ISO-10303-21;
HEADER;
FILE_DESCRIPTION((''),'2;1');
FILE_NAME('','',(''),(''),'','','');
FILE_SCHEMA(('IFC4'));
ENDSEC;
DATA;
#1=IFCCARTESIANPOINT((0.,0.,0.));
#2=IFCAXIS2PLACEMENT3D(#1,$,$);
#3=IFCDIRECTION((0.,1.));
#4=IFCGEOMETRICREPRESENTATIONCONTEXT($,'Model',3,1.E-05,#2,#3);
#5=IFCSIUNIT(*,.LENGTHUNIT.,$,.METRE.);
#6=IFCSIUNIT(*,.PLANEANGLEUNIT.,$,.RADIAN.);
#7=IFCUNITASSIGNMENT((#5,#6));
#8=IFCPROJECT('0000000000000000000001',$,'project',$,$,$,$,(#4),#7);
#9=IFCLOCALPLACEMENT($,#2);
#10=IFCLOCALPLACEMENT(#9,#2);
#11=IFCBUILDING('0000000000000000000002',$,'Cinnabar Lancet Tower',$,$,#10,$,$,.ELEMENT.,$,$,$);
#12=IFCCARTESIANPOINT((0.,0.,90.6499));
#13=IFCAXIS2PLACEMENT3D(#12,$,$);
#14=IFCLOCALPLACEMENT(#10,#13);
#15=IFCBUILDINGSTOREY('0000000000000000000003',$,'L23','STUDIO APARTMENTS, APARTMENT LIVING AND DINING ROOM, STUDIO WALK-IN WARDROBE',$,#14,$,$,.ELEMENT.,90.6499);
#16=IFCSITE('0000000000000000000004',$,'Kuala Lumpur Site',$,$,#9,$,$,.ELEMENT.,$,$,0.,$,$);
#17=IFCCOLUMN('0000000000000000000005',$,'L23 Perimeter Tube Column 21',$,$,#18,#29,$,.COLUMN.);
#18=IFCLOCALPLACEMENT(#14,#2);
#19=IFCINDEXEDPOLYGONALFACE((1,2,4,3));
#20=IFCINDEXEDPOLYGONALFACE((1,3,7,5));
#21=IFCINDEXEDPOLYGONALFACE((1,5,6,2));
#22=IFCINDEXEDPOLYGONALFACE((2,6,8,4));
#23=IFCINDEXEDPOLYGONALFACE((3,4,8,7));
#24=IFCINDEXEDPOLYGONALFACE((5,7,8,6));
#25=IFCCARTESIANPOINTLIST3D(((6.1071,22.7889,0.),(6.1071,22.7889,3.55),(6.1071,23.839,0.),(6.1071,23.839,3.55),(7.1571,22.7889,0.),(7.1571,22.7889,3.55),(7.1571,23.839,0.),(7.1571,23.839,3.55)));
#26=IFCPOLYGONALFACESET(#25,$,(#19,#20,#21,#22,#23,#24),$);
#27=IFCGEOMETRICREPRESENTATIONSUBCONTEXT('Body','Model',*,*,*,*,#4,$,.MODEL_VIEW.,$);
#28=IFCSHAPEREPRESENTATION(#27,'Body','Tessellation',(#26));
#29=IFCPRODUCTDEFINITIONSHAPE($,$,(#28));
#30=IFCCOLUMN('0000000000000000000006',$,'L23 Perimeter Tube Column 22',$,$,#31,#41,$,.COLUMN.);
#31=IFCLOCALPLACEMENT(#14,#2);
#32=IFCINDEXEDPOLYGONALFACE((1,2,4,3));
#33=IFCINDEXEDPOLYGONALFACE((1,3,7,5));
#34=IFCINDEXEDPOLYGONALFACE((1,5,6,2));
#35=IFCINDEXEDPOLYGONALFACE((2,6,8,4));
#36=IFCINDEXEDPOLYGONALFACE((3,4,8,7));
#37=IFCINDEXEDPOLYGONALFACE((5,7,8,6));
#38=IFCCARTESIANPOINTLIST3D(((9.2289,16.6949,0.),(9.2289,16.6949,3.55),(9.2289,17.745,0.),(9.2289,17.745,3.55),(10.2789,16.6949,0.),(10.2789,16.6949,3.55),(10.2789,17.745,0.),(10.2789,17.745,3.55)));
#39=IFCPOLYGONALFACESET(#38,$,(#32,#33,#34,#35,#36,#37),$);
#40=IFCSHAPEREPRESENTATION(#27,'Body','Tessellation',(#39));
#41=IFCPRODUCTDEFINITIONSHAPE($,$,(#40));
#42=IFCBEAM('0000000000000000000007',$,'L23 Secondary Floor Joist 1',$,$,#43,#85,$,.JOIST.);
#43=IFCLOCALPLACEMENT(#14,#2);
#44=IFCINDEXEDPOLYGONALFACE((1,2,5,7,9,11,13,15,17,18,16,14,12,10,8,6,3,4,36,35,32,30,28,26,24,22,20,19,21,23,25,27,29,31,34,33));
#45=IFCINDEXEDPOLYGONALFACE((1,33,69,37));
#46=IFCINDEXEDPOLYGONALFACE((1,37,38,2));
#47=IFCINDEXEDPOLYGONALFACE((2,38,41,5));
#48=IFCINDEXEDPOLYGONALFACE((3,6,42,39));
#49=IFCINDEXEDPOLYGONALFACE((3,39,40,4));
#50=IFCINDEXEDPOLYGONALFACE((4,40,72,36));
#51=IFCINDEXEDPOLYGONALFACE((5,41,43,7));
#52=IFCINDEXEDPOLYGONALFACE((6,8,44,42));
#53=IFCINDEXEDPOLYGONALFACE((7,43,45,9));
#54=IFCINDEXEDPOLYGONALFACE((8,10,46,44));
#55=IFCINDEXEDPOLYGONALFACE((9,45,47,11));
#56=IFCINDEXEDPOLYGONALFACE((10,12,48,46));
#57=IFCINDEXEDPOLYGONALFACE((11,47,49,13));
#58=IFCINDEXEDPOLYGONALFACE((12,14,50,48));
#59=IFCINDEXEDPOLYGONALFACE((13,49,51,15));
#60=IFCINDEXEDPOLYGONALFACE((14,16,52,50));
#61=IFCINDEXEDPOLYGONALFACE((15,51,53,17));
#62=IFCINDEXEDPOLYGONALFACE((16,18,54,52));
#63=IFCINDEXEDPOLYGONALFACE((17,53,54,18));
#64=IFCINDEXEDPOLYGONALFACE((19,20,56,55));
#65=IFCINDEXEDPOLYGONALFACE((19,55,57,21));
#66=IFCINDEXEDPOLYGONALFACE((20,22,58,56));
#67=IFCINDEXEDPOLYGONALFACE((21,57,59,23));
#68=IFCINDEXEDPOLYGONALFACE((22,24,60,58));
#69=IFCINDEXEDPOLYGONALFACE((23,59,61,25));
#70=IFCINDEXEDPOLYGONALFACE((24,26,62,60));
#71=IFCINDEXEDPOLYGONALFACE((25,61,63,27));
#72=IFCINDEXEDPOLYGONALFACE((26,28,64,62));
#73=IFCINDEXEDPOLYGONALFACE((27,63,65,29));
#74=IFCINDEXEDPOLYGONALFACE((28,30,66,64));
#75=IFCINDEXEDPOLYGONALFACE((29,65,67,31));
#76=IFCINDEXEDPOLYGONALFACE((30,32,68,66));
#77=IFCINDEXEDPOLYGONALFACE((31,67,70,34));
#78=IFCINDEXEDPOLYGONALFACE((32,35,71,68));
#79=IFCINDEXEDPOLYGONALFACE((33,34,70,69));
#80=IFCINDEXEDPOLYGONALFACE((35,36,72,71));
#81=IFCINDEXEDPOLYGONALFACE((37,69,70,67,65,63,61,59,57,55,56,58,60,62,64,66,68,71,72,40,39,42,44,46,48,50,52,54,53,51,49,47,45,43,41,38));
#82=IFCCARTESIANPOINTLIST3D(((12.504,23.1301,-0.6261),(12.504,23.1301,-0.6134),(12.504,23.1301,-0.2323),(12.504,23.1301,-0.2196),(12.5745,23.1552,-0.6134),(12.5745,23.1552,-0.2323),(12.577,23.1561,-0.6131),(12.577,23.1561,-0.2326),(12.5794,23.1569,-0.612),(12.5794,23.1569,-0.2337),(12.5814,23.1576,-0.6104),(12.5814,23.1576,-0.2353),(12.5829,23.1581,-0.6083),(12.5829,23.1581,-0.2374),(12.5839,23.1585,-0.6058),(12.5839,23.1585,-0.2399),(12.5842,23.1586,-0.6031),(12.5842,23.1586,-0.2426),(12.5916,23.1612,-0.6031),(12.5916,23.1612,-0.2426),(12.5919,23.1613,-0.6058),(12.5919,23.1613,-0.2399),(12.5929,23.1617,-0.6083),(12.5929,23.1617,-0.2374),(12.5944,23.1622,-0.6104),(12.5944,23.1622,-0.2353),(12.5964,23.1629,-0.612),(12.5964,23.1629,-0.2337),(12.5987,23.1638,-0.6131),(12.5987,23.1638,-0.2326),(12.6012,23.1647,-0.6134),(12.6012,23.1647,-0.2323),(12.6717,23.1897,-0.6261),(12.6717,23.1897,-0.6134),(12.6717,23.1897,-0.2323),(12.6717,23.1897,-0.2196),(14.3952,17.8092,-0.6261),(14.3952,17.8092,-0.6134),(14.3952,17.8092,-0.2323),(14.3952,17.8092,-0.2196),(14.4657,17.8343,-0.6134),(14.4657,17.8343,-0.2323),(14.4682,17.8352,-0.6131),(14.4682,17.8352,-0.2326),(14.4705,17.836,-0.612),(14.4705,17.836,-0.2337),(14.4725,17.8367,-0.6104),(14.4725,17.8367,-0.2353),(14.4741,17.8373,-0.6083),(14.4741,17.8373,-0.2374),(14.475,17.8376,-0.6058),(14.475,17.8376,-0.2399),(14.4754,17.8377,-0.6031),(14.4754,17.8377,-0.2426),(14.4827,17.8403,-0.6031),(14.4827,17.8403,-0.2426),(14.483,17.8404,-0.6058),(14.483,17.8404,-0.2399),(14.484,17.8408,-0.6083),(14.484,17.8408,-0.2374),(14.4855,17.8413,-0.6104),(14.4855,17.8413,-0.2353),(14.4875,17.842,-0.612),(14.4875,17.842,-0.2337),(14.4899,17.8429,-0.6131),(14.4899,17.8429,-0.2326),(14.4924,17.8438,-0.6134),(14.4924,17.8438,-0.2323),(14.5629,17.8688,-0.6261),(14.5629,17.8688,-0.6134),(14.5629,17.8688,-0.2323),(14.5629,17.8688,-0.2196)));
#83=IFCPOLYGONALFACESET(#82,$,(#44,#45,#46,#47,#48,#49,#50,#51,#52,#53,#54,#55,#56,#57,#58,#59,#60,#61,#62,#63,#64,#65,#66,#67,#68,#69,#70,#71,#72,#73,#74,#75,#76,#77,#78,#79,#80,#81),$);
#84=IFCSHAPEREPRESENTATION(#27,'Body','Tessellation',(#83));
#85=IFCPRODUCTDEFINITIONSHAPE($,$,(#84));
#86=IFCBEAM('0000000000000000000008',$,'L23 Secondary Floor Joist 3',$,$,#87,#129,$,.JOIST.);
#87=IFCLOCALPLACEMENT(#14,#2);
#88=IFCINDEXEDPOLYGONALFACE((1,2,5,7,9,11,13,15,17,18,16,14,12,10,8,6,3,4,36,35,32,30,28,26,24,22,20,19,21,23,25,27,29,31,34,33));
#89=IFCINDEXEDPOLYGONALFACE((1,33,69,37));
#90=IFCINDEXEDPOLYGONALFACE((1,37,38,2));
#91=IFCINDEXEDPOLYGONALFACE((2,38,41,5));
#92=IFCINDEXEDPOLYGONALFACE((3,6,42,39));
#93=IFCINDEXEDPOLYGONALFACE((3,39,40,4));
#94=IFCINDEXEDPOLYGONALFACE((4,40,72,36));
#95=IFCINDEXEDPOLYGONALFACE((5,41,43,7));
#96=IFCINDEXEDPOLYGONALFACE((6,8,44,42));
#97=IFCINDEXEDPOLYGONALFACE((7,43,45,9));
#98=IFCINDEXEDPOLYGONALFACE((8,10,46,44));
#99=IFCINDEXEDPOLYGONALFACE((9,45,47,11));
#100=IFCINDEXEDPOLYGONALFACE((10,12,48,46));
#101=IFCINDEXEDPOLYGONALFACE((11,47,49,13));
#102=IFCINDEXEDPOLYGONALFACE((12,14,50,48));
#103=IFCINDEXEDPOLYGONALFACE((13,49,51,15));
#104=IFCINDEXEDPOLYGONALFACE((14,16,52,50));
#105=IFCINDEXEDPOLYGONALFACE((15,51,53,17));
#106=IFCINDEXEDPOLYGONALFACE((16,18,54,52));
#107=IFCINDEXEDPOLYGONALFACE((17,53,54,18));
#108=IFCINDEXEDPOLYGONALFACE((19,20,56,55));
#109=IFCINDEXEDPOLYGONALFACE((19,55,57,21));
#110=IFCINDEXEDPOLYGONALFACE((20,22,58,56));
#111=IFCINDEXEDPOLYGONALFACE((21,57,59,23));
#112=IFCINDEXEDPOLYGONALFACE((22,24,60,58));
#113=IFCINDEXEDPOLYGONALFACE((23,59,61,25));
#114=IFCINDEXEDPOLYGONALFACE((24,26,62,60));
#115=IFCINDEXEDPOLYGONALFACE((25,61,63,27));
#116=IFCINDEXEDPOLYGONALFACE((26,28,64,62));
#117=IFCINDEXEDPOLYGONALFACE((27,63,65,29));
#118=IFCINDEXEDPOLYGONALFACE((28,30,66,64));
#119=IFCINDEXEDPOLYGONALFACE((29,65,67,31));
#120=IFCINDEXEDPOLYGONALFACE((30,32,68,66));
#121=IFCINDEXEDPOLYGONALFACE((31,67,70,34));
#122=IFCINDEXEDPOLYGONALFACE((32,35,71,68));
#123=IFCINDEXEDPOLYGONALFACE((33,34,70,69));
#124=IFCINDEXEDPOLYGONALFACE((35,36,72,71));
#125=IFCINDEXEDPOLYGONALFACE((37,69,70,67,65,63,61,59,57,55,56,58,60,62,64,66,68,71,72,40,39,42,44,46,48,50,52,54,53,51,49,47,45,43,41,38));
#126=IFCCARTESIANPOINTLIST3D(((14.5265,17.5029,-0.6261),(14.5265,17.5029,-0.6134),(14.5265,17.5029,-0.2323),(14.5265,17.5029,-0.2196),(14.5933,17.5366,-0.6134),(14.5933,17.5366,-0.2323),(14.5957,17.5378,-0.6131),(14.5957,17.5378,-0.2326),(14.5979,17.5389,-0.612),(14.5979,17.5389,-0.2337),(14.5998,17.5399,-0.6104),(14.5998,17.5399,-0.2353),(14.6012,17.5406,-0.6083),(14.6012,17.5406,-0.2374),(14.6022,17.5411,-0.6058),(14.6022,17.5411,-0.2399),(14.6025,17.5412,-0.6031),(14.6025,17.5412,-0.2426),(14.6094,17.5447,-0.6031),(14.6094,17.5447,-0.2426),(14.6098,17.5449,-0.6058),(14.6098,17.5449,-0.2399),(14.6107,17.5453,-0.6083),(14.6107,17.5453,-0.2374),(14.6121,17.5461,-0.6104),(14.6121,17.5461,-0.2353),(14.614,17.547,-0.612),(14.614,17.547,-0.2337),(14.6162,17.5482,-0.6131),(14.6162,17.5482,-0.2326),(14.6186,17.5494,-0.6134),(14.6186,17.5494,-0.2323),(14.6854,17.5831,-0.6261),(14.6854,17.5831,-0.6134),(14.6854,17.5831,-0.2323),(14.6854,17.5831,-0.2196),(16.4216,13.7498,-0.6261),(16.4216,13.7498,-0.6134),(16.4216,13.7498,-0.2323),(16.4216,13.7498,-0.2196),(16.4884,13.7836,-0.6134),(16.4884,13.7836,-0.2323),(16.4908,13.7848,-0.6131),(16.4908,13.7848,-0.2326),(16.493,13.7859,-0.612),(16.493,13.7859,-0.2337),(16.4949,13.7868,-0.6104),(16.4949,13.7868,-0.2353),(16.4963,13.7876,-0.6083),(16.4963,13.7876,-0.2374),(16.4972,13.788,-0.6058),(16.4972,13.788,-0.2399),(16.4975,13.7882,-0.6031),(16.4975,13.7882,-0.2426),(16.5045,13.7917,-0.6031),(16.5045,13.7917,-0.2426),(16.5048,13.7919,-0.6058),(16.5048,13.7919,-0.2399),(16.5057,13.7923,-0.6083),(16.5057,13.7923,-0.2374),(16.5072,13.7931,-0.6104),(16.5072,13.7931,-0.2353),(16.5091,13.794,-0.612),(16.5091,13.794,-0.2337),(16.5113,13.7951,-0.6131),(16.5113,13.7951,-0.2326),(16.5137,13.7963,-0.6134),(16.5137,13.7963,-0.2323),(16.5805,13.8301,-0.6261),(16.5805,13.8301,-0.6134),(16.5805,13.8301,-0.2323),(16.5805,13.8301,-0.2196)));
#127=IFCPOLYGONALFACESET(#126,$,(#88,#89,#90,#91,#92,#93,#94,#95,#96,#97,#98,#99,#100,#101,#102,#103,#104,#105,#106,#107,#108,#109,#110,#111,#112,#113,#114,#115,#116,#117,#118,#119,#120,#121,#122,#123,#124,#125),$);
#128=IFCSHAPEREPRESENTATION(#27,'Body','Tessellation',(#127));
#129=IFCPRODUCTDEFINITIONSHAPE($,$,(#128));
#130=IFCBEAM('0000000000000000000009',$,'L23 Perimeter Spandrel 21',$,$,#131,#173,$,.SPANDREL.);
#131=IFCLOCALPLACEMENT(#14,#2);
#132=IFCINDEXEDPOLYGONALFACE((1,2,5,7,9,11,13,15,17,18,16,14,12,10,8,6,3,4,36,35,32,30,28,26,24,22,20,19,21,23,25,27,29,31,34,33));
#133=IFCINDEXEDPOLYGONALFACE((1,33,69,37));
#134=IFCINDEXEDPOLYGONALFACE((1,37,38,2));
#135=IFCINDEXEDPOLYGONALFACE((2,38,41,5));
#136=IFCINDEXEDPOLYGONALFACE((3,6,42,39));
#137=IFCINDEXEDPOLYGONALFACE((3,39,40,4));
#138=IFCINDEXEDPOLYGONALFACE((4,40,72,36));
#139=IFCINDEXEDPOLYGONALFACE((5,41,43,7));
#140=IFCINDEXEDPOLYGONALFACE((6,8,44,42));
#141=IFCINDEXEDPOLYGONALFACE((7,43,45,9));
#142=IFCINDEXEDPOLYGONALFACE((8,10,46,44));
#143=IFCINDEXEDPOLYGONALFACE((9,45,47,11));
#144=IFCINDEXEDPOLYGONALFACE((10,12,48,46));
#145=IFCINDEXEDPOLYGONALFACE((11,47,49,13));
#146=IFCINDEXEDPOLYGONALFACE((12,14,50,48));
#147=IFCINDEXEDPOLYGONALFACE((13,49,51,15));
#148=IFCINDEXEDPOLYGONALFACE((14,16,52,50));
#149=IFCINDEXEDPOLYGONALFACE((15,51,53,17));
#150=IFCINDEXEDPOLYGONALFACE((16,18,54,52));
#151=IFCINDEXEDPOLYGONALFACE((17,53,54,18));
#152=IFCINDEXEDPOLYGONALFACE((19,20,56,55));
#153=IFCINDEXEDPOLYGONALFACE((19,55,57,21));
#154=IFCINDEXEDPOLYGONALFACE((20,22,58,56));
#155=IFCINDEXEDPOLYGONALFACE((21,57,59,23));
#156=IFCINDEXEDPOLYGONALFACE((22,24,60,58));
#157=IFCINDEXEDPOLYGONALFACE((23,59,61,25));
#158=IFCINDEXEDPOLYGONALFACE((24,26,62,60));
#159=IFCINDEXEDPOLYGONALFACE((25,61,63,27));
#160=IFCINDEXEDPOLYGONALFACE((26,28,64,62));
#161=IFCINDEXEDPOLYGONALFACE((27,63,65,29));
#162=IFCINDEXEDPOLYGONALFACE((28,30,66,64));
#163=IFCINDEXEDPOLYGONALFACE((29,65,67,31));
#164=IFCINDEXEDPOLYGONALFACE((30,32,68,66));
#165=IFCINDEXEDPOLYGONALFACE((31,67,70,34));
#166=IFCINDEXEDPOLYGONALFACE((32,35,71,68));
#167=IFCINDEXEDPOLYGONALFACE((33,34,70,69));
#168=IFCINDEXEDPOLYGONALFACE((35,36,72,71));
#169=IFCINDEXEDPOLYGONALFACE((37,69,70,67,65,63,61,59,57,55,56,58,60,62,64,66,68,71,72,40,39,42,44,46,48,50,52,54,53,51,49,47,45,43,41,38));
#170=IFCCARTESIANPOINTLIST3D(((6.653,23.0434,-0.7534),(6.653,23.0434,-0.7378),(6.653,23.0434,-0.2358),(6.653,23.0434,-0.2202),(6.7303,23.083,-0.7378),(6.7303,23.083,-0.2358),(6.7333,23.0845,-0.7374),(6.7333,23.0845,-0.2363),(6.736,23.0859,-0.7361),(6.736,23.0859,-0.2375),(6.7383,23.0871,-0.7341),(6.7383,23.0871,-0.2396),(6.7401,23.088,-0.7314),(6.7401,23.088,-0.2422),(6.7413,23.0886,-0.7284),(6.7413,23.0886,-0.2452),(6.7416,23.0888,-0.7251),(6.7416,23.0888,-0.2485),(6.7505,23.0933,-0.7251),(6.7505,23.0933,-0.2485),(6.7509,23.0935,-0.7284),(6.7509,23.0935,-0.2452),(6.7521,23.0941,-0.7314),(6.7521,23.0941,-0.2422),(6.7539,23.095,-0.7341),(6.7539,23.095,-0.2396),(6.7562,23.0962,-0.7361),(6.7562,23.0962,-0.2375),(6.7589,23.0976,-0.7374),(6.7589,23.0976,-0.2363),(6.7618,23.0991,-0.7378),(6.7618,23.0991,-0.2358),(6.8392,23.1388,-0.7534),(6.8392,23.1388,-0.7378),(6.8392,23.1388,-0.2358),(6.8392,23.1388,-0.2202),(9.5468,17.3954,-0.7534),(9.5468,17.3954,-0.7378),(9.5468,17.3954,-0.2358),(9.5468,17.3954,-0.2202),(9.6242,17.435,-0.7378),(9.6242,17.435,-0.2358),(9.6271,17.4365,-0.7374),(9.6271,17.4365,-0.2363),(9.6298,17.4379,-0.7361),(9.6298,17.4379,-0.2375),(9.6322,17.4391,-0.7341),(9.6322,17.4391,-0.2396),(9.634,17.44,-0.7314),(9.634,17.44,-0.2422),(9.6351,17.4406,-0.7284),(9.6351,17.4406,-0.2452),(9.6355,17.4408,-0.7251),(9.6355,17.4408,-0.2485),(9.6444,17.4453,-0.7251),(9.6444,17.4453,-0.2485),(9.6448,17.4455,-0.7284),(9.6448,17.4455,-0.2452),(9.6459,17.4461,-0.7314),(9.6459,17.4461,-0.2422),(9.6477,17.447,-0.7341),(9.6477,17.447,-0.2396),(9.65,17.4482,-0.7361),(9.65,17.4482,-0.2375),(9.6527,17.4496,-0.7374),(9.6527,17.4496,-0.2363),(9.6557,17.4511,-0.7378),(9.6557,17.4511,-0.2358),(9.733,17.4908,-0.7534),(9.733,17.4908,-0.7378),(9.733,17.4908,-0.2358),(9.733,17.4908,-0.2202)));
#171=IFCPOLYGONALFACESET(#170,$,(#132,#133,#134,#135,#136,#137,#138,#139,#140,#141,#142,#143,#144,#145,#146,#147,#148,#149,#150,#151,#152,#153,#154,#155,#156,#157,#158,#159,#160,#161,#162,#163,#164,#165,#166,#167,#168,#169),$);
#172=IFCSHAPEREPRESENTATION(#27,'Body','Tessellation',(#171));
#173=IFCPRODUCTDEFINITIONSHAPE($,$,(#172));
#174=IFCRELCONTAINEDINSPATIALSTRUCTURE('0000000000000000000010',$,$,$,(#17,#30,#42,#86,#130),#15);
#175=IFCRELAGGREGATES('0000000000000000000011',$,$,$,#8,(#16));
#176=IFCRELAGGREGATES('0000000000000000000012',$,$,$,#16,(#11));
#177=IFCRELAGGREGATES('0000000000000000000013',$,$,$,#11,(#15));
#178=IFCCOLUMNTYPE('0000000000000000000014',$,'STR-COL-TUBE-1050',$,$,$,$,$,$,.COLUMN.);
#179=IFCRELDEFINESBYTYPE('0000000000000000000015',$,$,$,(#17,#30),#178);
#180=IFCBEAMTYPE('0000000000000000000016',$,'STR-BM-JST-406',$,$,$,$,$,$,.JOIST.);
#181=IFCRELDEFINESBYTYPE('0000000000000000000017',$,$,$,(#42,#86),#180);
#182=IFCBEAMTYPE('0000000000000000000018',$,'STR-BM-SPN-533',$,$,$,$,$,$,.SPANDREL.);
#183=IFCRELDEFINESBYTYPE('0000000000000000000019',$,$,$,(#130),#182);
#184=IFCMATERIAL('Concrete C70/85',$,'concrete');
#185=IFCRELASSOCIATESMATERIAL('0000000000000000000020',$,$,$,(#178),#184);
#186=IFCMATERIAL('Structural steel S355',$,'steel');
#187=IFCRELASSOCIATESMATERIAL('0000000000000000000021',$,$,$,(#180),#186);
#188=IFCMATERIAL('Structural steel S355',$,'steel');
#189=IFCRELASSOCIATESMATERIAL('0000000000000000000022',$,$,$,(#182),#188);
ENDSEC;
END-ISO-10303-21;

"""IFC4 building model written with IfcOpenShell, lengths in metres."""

from ifc_helpers import new_model, si_unit, direction, frame, origin, origin_2d, place, context, subcontext, project, spatial, rectangle, i_section, extrude, material, material_profile, profile_set, type_object, element, save


model = new_model("IFC4")

# Units and contexts
model_context = context("Model", 3, precision=1e-05, world=origin(), true_north=direction((0.0, 1.0)))
body_context = subcontext(model_context, "Body", "Model", "MODEL_VIEW")
ifc_project = project(units=[si_unit("LENGTHUNIT", "METRE"), si_unit("PLANEANGLEUNIT", "RADIAN")], contexts=[model_context])

# Site, building, storey
site_placement = place(None, origin())
site = spatial("IfcSite", under=ifc_project, at=site_placement, Name="Kuala Lumpur Site", CompositionType="ELEMENT", RefElevation=0.0)
building_placement = place(site_placement, origin())
building = spatial("IfcBuilding", under=site, at=building_placement, Name="Cinnabar Lancet Tower", CompositionType="ELEMENT")
storey_placement = place(building_placement, frame((0.0, 0.0, 90.6499)))
storey = spatial("IfcBuildingStorey", under=building, at=storey_placement, Name="L23", Description="STUDIO APARTMENTS, APARTMENT LIVING AND DINING ROOM, STUDIO WALK-IN WARDROBE", CompositionType="ELEMENT", Elevation=90.6499)

# Columns
ifc_material_1 = material(Name="Concrete C70/85", Category="concrete")
ifc_material_profile_1 = material_profile(ifc_material_1, rectangle(XDim=1.05, YDim=1.05, at=origin_2d()), Name="RC-COL 1050x1050")
ifc_profile_set_1 = profile_set([ifc_material_profile_1], Name="Concrete C70/85")
column_type = type_object("IfcColumnType", Name="STR-COL-TUBE-1050", PredefinedType="COLUMN", material=ifc_profile_set_1)
for number, where, z_axis, x_axis, name in (
    (1, (6.6321, 23.314, 0.0), (0.0, 0.0, 1.0), (1.0, 0.0, 0.0), "L23 Perimeter Tube Column 21"),
    (2, (9.7539, 17.22, 0.0), (0.0, 0.0, 1.0), (1.0, 0.0, 0.0), "L23 Perimeter Tube Column 22"),
):
    element("IfcColumn", number, at=place(storey_placement, frame(where, z_axis=z_axis, x_axis=x_axis)), inside=storey, type_object=column_type, Name=name, PredefinedType="COLUMN", context=body_context, shape_type="SweptSolid", body=[
        extrude(rectangle(XDim=1.05, YDim=1.05, at=origin_2d()), origin(), (0.0, 0.0, 1.0), 3.55),
    ])

# Beams
ifc_material_2 = material(Name="Structural steel S355", Category="steel")
ifc_material_profile_2 = material_profile(ifc_material_2, i_section(OverallWidth=0.178, OverallDepth=0.4065, WebThickness=0.0078, FlangeThickness=0.0127, FilletRadius=0.0103, at=origin_2d()), Name="UKB 406x178x60")
ifc_profile_set_2 = profile_set([ifc_material_profile_2], Name="Structural steel S355")
beam_type_1 = type_object("IfcBeamType", Name="STR-BM-JST-406", PredefinedType="JOIST", material=ifc_profile_set_2)
beam_1_placement = place(storey_placement, frame((12.5879, 23.1599, -0.4229), z_axis=(0.334895, -0.942255, 0.0), x_axis=(0.942255, 0.334895, 0.0)))
element("IfcBeam", 3, at=beam_1_placement, inside=storey, type_object=beam_type_1, Name="L23 Secondary Floor Joist 1", PredefinedType="JOIST", context=body_context, shape_type="SweptSolid", body=[
    extrude(i_section(OverallWidth=0.178, OverallDepth=0.4065, WebThickness=0.0078, FlangeThickness=0.0127, FilletRadius=0.0103, at=origin_2d()), origin(), (0.0, 0.0, 1.0), 5.647),
])
beam_2_placement = place(storey_placement, frame((14.606, 17.543, -0.4229), z_axis=(0.450741, -0.892655, 0.0), x_axis=(0.892655, 0.450741, 0.0)))
element("IfcBeam", 4, at=beam_2_placement, inside=storey, type_object=beam_type_1, Name="L23 Secondary Floor Joist 3", PredefinedType="JOIST", context=body_context, shape_type="SweptSolid", body=[
    extrude(i_section(OverallWidth=0.178, OverallDepth=0.4065, WebThickness=0.0078, FlangeThickness=0.0127, FilletRadius=0.0103, at=origin_2d()), origin(), (0.0, 0.0, 1.0), 4.2043),
])
ifc_material_3 = material(Name="Structural steel S355", Category="steel")
ifc_material_profile_3 = material_profile(ifc_material_3, i_section(OverallWidth=0.2092, OverallDepth=0.5332, WebThickness=0.01, FlangeThickness=0.0156, FilletRadius=0.0127, at=origin_2d()), Name="UKB 533x210x92")
ifc_profile_set_3 = profile_set([ifc_material_profile_3], Name="Structural steel S355")
beam_type_2 = type_object("IfcBeamType", Name="STR-BM-SPN-533", PredefinedType="SPANDREL", material=ifc_profile_set_3)
beam_3_placement = place(storey_placement, frame((6.7461, 23.0911, -0.4868), z_axis=(0.455994, -0.889983, 0.0), x_axis=(0.889983, 0.455994, 0.0)))
element("IfcBeam", 5, at=beam_3_placement, inside=storey, type_object=beam_type_2, Name="L23 Perimeter Spandrel 21", PredefinedType="SPANDREL", context=body_context, shape_type="SweptSolid", body=[
    extrude(i_section(OverallWidth=0.2092, OverallDepth=0.5332, WebThickness=0.01, FlangeThickness=0.0156, FilletRadius=0.0127, at=origin_2d()), origin(), (0.0, 0.0, 1.0), 6.3462),
])

save(model, "model.ifc")
